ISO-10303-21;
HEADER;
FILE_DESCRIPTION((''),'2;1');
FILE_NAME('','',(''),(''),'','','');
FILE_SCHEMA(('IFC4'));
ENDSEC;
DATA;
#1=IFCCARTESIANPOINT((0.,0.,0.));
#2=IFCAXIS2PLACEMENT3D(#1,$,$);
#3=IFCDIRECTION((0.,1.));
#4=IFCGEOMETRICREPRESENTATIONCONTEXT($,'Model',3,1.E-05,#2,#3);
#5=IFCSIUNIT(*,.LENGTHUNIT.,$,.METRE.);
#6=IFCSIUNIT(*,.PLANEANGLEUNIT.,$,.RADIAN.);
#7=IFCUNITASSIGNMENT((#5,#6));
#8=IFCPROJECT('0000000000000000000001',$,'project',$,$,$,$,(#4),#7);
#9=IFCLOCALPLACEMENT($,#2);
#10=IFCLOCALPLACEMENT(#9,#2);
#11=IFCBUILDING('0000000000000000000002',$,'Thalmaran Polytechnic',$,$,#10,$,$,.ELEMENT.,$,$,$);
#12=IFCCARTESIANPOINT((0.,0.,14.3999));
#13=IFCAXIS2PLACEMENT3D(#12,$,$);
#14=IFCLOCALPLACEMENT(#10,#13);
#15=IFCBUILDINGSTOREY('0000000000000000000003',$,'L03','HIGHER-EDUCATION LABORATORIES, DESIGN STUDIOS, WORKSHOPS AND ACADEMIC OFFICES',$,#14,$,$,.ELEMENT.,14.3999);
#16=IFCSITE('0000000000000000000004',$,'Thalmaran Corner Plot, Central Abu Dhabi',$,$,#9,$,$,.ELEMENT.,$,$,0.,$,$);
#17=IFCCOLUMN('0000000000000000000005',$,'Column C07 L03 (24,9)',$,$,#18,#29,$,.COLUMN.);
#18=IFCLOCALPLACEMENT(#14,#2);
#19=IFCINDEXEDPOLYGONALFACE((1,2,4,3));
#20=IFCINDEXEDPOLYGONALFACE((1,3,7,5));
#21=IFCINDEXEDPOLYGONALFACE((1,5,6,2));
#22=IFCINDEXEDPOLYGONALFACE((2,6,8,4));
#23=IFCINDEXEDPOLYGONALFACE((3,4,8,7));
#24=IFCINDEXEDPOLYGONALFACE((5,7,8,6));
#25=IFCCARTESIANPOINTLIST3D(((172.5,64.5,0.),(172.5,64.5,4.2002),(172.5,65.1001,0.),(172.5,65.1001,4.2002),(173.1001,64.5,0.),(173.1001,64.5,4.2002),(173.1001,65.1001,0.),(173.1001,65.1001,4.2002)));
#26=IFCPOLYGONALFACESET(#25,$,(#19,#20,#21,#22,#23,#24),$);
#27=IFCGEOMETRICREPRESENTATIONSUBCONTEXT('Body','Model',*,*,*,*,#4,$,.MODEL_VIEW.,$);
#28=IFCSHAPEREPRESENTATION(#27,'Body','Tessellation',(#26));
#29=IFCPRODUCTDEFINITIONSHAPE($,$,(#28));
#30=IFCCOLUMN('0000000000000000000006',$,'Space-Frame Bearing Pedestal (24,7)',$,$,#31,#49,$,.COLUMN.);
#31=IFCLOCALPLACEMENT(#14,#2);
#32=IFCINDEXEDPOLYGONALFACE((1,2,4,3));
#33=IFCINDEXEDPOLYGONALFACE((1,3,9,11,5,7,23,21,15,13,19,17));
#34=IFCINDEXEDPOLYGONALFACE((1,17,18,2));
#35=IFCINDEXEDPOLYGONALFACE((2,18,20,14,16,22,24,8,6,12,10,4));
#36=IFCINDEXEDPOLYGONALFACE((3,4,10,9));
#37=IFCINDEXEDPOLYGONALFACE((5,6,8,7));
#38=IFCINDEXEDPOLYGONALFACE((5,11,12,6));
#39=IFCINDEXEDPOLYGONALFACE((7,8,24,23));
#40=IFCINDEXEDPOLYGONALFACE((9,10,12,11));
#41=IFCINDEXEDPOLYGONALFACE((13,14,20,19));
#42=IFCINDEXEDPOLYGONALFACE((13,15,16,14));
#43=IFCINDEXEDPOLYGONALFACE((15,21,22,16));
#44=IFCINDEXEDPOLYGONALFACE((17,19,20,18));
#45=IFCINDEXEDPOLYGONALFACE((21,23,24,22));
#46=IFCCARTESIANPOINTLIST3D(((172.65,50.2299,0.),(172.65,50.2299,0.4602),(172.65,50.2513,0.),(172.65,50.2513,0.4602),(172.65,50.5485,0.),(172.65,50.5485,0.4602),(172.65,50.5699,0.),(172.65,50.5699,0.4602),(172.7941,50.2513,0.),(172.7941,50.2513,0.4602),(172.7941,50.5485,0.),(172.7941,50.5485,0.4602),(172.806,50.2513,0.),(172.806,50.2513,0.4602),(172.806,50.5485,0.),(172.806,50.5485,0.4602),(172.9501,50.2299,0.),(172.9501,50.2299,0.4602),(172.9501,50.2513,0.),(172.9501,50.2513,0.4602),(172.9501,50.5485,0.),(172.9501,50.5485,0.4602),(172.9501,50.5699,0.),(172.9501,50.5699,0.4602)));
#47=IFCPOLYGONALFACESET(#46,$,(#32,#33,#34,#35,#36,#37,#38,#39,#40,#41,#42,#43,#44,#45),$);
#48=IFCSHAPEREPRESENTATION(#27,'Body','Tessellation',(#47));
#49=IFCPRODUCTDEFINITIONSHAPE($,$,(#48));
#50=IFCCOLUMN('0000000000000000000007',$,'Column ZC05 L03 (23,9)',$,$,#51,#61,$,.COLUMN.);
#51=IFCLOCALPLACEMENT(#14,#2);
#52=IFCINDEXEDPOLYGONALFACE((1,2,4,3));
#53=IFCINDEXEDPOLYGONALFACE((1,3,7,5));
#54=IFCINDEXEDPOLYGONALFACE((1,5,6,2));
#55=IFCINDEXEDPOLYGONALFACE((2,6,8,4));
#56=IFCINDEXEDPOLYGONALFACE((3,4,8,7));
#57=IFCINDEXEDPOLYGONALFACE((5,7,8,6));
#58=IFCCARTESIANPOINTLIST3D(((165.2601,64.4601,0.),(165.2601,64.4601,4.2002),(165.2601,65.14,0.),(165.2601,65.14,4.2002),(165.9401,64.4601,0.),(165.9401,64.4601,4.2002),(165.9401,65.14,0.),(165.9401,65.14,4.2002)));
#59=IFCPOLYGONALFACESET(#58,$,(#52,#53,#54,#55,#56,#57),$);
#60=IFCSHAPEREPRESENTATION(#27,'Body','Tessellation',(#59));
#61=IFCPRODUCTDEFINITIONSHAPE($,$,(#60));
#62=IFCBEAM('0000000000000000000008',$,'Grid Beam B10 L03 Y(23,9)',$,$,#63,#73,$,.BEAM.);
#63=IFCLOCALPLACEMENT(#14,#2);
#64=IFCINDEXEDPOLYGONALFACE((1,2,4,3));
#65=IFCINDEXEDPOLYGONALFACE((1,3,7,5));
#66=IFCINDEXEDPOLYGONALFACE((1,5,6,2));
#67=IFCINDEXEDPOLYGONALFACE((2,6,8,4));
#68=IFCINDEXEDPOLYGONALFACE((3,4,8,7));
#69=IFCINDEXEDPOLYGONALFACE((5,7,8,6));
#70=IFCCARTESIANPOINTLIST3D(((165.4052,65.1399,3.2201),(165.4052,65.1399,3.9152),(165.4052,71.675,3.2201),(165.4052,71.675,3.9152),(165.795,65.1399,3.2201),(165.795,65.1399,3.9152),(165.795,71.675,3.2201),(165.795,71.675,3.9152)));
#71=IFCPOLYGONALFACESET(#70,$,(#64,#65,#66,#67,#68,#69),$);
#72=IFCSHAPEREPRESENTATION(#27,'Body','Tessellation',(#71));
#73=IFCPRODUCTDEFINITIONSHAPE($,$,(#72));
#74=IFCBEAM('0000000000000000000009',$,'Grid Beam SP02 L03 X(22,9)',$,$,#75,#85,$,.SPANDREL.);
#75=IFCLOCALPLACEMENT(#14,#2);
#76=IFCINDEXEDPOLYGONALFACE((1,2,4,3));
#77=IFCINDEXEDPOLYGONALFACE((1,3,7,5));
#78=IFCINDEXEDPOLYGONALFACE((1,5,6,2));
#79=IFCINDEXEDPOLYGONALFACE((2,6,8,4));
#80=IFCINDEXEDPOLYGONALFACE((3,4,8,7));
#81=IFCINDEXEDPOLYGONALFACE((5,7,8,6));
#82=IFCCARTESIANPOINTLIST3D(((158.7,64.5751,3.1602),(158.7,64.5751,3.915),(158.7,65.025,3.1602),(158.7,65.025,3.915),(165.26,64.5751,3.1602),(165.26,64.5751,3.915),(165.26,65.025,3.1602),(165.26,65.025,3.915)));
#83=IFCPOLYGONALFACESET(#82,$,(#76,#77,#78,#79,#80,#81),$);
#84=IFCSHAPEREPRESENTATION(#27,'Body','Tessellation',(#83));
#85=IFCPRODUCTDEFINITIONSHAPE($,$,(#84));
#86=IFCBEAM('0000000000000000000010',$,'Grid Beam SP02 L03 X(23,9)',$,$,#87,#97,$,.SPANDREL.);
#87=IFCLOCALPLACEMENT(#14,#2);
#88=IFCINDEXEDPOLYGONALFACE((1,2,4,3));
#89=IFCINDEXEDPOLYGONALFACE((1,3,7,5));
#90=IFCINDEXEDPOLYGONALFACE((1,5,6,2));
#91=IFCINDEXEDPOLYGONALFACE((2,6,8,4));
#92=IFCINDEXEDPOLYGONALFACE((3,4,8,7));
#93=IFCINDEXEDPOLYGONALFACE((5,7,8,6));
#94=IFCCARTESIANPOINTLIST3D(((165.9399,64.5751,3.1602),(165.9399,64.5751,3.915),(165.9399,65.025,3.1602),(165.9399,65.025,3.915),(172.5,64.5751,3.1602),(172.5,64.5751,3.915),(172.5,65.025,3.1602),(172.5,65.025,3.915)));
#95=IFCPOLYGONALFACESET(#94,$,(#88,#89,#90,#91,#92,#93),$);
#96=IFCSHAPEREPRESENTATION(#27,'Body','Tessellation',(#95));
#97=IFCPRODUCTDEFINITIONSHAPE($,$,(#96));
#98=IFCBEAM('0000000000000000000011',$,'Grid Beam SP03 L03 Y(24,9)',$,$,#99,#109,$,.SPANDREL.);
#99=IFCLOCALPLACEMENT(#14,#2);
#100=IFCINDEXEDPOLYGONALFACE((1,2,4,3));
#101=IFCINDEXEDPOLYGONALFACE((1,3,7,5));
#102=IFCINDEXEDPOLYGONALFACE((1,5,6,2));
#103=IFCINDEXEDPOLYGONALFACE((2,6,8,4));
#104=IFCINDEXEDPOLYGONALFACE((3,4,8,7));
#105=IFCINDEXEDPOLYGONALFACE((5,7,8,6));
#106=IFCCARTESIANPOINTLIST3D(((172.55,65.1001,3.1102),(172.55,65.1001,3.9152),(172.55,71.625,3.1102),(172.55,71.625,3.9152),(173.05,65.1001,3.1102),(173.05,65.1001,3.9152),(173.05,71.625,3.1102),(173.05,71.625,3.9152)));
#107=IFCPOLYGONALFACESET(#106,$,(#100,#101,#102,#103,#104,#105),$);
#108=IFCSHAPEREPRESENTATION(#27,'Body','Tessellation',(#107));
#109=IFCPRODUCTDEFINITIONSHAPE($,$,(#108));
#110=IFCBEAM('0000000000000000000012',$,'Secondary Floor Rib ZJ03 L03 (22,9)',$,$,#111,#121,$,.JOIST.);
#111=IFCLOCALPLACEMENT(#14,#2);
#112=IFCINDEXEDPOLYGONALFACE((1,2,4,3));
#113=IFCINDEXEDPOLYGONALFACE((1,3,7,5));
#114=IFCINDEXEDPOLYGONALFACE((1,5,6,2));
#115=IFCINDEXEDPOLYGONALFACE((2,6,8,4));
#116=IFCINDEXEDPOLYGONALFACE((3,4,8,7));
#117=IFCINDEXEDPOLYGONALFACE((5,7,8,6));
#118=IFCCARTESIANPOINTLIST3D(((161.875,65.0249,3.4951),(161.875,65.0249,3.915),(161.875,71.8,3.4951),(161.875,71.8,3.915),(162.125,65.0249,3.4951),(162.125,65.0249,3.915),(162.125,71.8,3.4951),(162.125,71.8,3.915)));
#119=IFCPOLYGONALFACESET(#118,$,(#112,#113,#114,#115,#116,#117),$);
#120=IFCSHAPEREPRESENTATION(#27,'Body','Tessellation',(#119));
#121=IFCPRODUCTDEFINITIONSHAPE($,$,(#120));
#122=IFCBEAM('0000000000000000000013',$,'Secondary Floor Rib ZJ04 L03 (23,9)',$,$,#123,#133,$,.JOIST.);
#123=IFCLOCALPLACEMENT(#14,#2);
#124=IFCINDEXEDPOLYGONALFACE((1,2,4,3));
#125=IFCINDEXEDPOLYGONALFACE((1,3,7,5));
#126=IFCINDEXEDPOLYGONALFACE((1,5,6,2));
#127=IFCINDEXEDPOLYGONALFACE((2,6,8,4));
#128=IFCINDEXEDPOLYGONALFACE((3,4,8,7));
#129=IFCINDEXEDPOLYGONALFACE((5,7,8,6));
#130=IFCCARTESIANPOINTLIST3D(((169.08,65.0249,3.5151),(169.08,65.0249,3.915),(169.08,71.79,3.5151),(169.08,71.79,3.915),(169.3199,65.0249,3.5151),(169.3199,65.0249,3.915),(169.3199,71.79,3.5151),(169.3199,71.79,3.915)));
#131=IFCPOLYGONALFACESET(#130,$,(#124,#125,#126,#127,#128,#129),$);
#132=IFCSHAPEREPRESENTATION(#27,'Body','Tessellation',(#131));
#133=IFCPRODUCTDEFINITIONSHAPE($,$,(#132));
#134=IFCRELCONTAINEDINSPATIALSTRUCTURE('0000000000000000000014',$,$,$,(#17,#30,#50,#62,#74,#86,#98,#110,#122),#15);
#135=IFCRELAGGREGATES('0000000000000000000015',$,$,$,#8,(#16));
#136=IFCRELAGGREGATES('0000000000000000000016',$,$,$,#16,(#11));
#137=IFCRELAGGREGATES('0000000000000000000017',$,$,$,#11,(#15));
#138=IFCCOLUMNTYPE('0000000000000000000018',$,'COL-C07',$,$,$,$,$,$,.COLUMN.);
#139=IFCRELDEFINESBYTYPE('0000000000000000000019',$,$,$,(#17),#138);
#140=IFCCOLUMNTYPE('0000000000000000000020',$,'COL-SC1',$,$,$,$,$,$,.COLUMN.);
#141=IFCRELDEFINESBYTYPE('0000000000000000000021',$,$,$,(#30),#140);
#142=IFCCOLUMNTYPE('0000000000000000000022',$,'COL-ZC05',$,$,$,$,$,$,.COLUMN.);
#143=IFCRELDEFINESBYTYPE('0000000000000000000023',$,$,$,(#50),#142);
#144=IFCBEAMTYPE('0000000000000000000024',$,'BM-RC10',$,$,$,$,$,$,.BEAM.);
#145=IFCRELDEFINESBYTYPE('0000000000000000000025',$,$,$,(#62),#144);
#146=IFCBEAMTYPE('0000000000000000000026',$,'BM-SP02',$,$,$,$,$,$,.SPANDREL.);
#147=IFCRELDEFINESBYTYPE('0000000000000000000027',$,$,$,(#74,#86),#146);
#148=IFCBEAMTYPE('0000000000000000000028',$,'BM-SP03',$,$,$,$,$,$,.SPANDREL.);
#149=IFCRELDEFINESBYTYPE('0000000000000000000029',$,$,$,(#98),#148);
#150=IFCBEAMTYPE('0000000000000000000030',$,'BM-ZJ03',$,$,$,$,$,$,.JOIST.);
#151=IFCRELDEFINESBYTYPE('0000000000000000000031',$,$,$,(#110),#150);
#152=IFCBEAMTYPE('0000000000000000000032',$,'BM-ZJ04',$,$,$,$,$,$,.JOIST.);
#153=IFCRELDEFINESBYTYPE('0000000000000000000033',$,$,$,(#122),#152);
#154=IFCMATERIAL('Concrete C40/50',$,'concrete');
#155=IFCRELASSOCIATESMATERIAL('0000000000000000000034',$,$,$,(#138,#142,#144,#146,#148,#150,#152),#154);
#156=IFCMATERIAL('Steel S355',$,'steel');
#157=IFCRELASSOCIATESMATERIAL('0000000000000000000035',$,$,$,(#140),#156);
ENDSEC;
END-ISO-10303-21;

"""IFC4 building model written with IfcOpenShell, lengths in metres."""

from ifc_helpers import new_model, si_unit, direction, frame, origin, origin_2d, place, context, subcontext, project, spatial, rectangle, i_section, extrude, material, material_profile, profile_set, type_object, element, save


model = new_model("IFC4")

# Units and contexts
model_context = context("Model", 3, precision=1e-05, world=origin(), true_north=direction((0.0, 1.0)))
body_context = subcontext(model_context, "Body", "Model", "MODEL_VIEW")
ifc_project = project(units=[si_unit("LENGTHUNIT", "METRE"), si_unit("PLANEANGLEUNIT", "RADIAN")], contexts=[model_context])

# Site, building, storey
site_placement = place(None, origin())
site = spatial("IfcSite", under=ifc_project, at=site_placement, Name="Thalmaran Corner Plot, Central Abu Dhabi", CompositionType="ELEMENT", RefElevation=0.0)
building_placement = place(site_placement, origin())
building = spatial("IfcBuilding", under=site, at=building_placement, Name="Thalmaran Polytechnic", CompositionType="ELEMENT")
storey_placement = place(building_placement, frame((0.0, 0.0, 14.3999)))
storey = spatial("IfcBuildingStorey", under=building, at=storey_placement, Name="L03", Description="HIGHER-EDUCATION LABORATORIES, DESIGN STUDIOS, WORKSHOPS AND ACADEMIC OFFICES", CompositionType="ELEMENT", Elevation=14.3999)

# Columns
ifc_material_1 = material(Name="Concrete C40/50", Category="concrete")
ifc_material_profile_1 = material_profile(ifc_material_1, rectangle(XDim=0.6001, YDim=0.6001, at=origin_2d()), Name="RC 600x600")
ifc_profile_set_1 = profile_set([ifc_material_profile_1], Name="Concrete C40/50")
column_type_1 = type_object("IfcColumnType", Name="COL-C07", PredefinedType="COLUMN", material=ifc_profile_set_1)
column_1_placement = place(storey_placement, frame((172.8, 64.8, 0.0), z_axis=(0.0, 0.0, 1.0), x_axis=(1.0, 0.0, 0.0)))
element("IfcColumn", 1, at=column_1_placement, inside=storey, type_object=column_type_1, Name="Column C07 L03 (24,9)", PredefinedType="COLUMN", context=body_context, shape_type="SweptSolid", body=[
    extrude(rectangle(XDim=0.6001, YDim=0.6001, at=origin_2d()), origin(), (0.0, 0.0, 1.0), 4.2002),
])
ifc_material_2 = material(Name="Steel S355", Category="steel")
ifc_material_profile_2 = material_profile(ifc_material_2, i_section(OverallWidth=0.3, OverallDepth=0.3401, WebThickness=0.012, FlangeThickness=0.0215, at=origin_2d()), Name="HEB 340")
ifc_profile_set_2 = profile_set([ifc_material_profile_2], Name="Steel S355")
column_type_2 = type_object("IfcColumnType", Name="COL-SC1", PredefinedType="COLUMN", material=ifc_profile_set_2)
column_2_placement = place(storey_placement, frame((172.8, 50.3999, 0.0), z_axis=(0.0, 0.0, 1.0), x_axis=(1.0, 0.0, 0.0)))
element("IfcColumn", 2, at=column_2_placement, inside=storey, type_object=column_type_2, Name="Space-Frame Bearing Pedestal (24,7)", PredefinedType="COLUMN", context=body_context, shape_type="SweptSolid", body=[
    extrude(i_section(OverallWidth=0.3, OverallDepth=0.3401, WebThickness=0.012, FlangeThickness=0.0215, at=origin_2d()), origin(), (0.0, 0.0, 1.0), 0.4602),
])
ifc_material_profile_3 = material_profile(ifc_material_1, rectangle(XDim=0.6799, YDim=0.6799, at=origin_2d()), Name="RC 680x680")
ifc_profile_set_3 = profile_set([ifc_material_profile_3], Name="Concrete C40/50")
column_type_3 = type_object("IfcColumnType", Name="COL-ZC05", PredefinedType="COLUMN", material=ifc_profile_set_3)
column_3_placement = place(storey_placement, frame((165.6001, 64.8, 0.0), z_axis=(0.0, 0.0, 1.0), x_axis=(1.0, 0.0, 0.0)))
element("IfcColumn", 3, at=column_3_placement, inside=storey, type_object=column_type_3, Name="Column ZC05 L03 (23,9)", PredefinedType="COLUMN", context=body_context, shape_type="SweptSolid", body=[
    extrude(rectangle(XDim=0.6799, YDim=0.6799, at=origin_2d()), origin(), (0.0, 0.0, 1.0), 4.2002),
])

# Beams
ifc_material_profile_4 = material_profile(ifc_material_1, rectangle(XDim=0.3899, YDim=0.6951, at=origin_2d()), Name="RC 390x695")
ifc_profile_set_4 = profile_set([ifc_material_profile_4], Name="Concrete C40/50")
beam_type_1 = type_object("IfcBeamType", Name="BM-RC10", PredefinedType="BEAM", material=ifc_profile_set_4)
beam_1_placement = place(storey_placement, frame((165.6001, 65.1399, 3.5676), z_axis=(0.0, 1.0, 0.0), x_axis=(-1.0, 0.0, 0.0)))
element("IfcBeam", 4, at=beam_1_placement, inside=storey, type_object=beam_type_1, Name="Grid Beam B10 L03 Y(23,9)", PredefinedType="BEAM", context=body_context, shape_type="SweptSolid", body=[
    extrude(rectangle(XDim=0.3899, YDim=0.6951, at=origin_2d()), origin(), (0.0, 0.0, 1.0), 6.5352),
])
ifc_material_profile_5 = material_profile(ifc_material_1, rectangle(XDim=0.45, YDim=0.7549, at=origin_2d()), Name="RC 450x755")
ifc_profile_set_5 = profile_set([ifc_material_profile_5], Name="Concrete C40/50")
beam_type_2 = type_object("IfcBeamType", Name="BM-SP02", PredefinedType="SPANDREL", material=ifc_profile_set_5)
for number, where, z_axis, x_axis, name in (
    (5, (158.7, 64.8, 3.5376), (1.0, 0.0, 0.0), (0.0, 1.0, 0.0), "Grid Beam SP02 L03 X(22,9)"),
    (6, (165.9399, 64.8, 3.5376), (1.0, 0.0, 0.0), (0.0, 1.0, 0.0), "Grid Beam SP02 L03 X(23,9)"),
):
    element("IfcBeam", number, at=place(storey_placement, frame(where, z_axis=z_axis, x_axis=x_axis)), inside=storey, type_object=beam_type_2, Name=name, PredefinedType="SPANDREL", context=body_context, shape_type="SweptSolid", body=[
        extrude(rectangle(XDim=0.45, YDim=0.7549, at=origin_2d()), origin(), (0.0, 0.0, 1.0), 6.5601),
    ])
ifc_material_profile_6 = material_profile(ifc_material_1, rectangle(XDim=0.5, YDim=0.8049, at=origin_2d()), Name="RC 500x805")
ifc_profile_set_6 = profile_set([ifc_material_profile_6], Name="Concrete C40/50")
beam_type_3 = type_object("IfcBeamType", Name="BM-SP03", PredefinedType="SPANDREL", material=ifc_profile_set_6)
beam_2_placement = place(storey_placement, frame((172.8, 65.1001, 3.5127), z_axis=(0.0, 1.0, 0.0), x_axis=(-1.0, 0.0, 0.0)))
element("IfcBeam", 7, at=beam_2_placement, inside=storey, type_object=beam_type_3, Name="Grid Beam SP03 L03 Y(24,9)", PredefinedType="SPANDREL", context=body_context, shape_type="SweptSolid", body=[
    extrude(rectangle(XDim=0.5, YDim=0.8049, at=origin_2d()), origin(), (0.0, 0.0, 1.0), 6.5249),
])
ifc_material_profile_7 = material_profile(ifc_material_1, rectangle(XDim=0.25, YDim=0.4199, at=origin_2d()), Name="RC 250x420")
ifc_profile_set_7 = profile_set([ifc_material_profile_7], Name="Concrete C40/50")
beam_type_4 = type_object("IfcBeamType", Name="BM-ZJ03", PredefinedType="JOIST", material=ifc_profile_set_7)
beam_3_placement = place(storey_placement, frame((162.0, 65.0249, 3.7051), z_axis=(0.0, 1.0, 0.0), x_axis=(-1.0, 0.0, 0.0)))
element("IfcBeam", 8, at=beam_3_placement, inside=storey, type_object=beam_type_4, Name="Secondary Floor Rib ZJ03 L03 (22,9)", PredefinedType="JOIST", context=body_context, shape_type="SweptSolid", body=[
    extrude(rectangle(XDim=0.25, YDim=0.4199, at=origin_2d()), origin(), (0.0, 0.0, 1.0), 6.7751),
])
ifc_material_profile_8 = material_profile(ifc_material_1, rectangle(XDim=0.24, YDim=0.3999, at=origin_2d()), Name="RC 240x400")
ifc_profile_set_8 = profile_set([ifc_material_profile_8], Name="Concrete C40/50")
beam_type_5 = type_object("IfcBeamType", Name="BM-ZJ04", PredefinedType="JOIST", material=ifc_profile_set_8)
beam_4_placement = place(storey_placement, frame((169.2, 65.0249, 3.7151), z_axis=(0.0, 1.0, 0.0), x_axis=(-1.0, 0.0, 0.0)))
element("IfcBeam", 9, at=beam_4_placement, inside=storey, type_object=beam_type_5, Name="Secondary Floor Rib ZJ04 L03 (23,9)", PredefinedType="JOIST", context=body_context, shape_type="SweptSolid", body=[
    extrude(rectangle(XDim=0.24, YDim=0.3999, at=origin_2d()), origin(), (0.0, 0.0, 1.0), 6.7651),
])

save(model, "model.ifc")
